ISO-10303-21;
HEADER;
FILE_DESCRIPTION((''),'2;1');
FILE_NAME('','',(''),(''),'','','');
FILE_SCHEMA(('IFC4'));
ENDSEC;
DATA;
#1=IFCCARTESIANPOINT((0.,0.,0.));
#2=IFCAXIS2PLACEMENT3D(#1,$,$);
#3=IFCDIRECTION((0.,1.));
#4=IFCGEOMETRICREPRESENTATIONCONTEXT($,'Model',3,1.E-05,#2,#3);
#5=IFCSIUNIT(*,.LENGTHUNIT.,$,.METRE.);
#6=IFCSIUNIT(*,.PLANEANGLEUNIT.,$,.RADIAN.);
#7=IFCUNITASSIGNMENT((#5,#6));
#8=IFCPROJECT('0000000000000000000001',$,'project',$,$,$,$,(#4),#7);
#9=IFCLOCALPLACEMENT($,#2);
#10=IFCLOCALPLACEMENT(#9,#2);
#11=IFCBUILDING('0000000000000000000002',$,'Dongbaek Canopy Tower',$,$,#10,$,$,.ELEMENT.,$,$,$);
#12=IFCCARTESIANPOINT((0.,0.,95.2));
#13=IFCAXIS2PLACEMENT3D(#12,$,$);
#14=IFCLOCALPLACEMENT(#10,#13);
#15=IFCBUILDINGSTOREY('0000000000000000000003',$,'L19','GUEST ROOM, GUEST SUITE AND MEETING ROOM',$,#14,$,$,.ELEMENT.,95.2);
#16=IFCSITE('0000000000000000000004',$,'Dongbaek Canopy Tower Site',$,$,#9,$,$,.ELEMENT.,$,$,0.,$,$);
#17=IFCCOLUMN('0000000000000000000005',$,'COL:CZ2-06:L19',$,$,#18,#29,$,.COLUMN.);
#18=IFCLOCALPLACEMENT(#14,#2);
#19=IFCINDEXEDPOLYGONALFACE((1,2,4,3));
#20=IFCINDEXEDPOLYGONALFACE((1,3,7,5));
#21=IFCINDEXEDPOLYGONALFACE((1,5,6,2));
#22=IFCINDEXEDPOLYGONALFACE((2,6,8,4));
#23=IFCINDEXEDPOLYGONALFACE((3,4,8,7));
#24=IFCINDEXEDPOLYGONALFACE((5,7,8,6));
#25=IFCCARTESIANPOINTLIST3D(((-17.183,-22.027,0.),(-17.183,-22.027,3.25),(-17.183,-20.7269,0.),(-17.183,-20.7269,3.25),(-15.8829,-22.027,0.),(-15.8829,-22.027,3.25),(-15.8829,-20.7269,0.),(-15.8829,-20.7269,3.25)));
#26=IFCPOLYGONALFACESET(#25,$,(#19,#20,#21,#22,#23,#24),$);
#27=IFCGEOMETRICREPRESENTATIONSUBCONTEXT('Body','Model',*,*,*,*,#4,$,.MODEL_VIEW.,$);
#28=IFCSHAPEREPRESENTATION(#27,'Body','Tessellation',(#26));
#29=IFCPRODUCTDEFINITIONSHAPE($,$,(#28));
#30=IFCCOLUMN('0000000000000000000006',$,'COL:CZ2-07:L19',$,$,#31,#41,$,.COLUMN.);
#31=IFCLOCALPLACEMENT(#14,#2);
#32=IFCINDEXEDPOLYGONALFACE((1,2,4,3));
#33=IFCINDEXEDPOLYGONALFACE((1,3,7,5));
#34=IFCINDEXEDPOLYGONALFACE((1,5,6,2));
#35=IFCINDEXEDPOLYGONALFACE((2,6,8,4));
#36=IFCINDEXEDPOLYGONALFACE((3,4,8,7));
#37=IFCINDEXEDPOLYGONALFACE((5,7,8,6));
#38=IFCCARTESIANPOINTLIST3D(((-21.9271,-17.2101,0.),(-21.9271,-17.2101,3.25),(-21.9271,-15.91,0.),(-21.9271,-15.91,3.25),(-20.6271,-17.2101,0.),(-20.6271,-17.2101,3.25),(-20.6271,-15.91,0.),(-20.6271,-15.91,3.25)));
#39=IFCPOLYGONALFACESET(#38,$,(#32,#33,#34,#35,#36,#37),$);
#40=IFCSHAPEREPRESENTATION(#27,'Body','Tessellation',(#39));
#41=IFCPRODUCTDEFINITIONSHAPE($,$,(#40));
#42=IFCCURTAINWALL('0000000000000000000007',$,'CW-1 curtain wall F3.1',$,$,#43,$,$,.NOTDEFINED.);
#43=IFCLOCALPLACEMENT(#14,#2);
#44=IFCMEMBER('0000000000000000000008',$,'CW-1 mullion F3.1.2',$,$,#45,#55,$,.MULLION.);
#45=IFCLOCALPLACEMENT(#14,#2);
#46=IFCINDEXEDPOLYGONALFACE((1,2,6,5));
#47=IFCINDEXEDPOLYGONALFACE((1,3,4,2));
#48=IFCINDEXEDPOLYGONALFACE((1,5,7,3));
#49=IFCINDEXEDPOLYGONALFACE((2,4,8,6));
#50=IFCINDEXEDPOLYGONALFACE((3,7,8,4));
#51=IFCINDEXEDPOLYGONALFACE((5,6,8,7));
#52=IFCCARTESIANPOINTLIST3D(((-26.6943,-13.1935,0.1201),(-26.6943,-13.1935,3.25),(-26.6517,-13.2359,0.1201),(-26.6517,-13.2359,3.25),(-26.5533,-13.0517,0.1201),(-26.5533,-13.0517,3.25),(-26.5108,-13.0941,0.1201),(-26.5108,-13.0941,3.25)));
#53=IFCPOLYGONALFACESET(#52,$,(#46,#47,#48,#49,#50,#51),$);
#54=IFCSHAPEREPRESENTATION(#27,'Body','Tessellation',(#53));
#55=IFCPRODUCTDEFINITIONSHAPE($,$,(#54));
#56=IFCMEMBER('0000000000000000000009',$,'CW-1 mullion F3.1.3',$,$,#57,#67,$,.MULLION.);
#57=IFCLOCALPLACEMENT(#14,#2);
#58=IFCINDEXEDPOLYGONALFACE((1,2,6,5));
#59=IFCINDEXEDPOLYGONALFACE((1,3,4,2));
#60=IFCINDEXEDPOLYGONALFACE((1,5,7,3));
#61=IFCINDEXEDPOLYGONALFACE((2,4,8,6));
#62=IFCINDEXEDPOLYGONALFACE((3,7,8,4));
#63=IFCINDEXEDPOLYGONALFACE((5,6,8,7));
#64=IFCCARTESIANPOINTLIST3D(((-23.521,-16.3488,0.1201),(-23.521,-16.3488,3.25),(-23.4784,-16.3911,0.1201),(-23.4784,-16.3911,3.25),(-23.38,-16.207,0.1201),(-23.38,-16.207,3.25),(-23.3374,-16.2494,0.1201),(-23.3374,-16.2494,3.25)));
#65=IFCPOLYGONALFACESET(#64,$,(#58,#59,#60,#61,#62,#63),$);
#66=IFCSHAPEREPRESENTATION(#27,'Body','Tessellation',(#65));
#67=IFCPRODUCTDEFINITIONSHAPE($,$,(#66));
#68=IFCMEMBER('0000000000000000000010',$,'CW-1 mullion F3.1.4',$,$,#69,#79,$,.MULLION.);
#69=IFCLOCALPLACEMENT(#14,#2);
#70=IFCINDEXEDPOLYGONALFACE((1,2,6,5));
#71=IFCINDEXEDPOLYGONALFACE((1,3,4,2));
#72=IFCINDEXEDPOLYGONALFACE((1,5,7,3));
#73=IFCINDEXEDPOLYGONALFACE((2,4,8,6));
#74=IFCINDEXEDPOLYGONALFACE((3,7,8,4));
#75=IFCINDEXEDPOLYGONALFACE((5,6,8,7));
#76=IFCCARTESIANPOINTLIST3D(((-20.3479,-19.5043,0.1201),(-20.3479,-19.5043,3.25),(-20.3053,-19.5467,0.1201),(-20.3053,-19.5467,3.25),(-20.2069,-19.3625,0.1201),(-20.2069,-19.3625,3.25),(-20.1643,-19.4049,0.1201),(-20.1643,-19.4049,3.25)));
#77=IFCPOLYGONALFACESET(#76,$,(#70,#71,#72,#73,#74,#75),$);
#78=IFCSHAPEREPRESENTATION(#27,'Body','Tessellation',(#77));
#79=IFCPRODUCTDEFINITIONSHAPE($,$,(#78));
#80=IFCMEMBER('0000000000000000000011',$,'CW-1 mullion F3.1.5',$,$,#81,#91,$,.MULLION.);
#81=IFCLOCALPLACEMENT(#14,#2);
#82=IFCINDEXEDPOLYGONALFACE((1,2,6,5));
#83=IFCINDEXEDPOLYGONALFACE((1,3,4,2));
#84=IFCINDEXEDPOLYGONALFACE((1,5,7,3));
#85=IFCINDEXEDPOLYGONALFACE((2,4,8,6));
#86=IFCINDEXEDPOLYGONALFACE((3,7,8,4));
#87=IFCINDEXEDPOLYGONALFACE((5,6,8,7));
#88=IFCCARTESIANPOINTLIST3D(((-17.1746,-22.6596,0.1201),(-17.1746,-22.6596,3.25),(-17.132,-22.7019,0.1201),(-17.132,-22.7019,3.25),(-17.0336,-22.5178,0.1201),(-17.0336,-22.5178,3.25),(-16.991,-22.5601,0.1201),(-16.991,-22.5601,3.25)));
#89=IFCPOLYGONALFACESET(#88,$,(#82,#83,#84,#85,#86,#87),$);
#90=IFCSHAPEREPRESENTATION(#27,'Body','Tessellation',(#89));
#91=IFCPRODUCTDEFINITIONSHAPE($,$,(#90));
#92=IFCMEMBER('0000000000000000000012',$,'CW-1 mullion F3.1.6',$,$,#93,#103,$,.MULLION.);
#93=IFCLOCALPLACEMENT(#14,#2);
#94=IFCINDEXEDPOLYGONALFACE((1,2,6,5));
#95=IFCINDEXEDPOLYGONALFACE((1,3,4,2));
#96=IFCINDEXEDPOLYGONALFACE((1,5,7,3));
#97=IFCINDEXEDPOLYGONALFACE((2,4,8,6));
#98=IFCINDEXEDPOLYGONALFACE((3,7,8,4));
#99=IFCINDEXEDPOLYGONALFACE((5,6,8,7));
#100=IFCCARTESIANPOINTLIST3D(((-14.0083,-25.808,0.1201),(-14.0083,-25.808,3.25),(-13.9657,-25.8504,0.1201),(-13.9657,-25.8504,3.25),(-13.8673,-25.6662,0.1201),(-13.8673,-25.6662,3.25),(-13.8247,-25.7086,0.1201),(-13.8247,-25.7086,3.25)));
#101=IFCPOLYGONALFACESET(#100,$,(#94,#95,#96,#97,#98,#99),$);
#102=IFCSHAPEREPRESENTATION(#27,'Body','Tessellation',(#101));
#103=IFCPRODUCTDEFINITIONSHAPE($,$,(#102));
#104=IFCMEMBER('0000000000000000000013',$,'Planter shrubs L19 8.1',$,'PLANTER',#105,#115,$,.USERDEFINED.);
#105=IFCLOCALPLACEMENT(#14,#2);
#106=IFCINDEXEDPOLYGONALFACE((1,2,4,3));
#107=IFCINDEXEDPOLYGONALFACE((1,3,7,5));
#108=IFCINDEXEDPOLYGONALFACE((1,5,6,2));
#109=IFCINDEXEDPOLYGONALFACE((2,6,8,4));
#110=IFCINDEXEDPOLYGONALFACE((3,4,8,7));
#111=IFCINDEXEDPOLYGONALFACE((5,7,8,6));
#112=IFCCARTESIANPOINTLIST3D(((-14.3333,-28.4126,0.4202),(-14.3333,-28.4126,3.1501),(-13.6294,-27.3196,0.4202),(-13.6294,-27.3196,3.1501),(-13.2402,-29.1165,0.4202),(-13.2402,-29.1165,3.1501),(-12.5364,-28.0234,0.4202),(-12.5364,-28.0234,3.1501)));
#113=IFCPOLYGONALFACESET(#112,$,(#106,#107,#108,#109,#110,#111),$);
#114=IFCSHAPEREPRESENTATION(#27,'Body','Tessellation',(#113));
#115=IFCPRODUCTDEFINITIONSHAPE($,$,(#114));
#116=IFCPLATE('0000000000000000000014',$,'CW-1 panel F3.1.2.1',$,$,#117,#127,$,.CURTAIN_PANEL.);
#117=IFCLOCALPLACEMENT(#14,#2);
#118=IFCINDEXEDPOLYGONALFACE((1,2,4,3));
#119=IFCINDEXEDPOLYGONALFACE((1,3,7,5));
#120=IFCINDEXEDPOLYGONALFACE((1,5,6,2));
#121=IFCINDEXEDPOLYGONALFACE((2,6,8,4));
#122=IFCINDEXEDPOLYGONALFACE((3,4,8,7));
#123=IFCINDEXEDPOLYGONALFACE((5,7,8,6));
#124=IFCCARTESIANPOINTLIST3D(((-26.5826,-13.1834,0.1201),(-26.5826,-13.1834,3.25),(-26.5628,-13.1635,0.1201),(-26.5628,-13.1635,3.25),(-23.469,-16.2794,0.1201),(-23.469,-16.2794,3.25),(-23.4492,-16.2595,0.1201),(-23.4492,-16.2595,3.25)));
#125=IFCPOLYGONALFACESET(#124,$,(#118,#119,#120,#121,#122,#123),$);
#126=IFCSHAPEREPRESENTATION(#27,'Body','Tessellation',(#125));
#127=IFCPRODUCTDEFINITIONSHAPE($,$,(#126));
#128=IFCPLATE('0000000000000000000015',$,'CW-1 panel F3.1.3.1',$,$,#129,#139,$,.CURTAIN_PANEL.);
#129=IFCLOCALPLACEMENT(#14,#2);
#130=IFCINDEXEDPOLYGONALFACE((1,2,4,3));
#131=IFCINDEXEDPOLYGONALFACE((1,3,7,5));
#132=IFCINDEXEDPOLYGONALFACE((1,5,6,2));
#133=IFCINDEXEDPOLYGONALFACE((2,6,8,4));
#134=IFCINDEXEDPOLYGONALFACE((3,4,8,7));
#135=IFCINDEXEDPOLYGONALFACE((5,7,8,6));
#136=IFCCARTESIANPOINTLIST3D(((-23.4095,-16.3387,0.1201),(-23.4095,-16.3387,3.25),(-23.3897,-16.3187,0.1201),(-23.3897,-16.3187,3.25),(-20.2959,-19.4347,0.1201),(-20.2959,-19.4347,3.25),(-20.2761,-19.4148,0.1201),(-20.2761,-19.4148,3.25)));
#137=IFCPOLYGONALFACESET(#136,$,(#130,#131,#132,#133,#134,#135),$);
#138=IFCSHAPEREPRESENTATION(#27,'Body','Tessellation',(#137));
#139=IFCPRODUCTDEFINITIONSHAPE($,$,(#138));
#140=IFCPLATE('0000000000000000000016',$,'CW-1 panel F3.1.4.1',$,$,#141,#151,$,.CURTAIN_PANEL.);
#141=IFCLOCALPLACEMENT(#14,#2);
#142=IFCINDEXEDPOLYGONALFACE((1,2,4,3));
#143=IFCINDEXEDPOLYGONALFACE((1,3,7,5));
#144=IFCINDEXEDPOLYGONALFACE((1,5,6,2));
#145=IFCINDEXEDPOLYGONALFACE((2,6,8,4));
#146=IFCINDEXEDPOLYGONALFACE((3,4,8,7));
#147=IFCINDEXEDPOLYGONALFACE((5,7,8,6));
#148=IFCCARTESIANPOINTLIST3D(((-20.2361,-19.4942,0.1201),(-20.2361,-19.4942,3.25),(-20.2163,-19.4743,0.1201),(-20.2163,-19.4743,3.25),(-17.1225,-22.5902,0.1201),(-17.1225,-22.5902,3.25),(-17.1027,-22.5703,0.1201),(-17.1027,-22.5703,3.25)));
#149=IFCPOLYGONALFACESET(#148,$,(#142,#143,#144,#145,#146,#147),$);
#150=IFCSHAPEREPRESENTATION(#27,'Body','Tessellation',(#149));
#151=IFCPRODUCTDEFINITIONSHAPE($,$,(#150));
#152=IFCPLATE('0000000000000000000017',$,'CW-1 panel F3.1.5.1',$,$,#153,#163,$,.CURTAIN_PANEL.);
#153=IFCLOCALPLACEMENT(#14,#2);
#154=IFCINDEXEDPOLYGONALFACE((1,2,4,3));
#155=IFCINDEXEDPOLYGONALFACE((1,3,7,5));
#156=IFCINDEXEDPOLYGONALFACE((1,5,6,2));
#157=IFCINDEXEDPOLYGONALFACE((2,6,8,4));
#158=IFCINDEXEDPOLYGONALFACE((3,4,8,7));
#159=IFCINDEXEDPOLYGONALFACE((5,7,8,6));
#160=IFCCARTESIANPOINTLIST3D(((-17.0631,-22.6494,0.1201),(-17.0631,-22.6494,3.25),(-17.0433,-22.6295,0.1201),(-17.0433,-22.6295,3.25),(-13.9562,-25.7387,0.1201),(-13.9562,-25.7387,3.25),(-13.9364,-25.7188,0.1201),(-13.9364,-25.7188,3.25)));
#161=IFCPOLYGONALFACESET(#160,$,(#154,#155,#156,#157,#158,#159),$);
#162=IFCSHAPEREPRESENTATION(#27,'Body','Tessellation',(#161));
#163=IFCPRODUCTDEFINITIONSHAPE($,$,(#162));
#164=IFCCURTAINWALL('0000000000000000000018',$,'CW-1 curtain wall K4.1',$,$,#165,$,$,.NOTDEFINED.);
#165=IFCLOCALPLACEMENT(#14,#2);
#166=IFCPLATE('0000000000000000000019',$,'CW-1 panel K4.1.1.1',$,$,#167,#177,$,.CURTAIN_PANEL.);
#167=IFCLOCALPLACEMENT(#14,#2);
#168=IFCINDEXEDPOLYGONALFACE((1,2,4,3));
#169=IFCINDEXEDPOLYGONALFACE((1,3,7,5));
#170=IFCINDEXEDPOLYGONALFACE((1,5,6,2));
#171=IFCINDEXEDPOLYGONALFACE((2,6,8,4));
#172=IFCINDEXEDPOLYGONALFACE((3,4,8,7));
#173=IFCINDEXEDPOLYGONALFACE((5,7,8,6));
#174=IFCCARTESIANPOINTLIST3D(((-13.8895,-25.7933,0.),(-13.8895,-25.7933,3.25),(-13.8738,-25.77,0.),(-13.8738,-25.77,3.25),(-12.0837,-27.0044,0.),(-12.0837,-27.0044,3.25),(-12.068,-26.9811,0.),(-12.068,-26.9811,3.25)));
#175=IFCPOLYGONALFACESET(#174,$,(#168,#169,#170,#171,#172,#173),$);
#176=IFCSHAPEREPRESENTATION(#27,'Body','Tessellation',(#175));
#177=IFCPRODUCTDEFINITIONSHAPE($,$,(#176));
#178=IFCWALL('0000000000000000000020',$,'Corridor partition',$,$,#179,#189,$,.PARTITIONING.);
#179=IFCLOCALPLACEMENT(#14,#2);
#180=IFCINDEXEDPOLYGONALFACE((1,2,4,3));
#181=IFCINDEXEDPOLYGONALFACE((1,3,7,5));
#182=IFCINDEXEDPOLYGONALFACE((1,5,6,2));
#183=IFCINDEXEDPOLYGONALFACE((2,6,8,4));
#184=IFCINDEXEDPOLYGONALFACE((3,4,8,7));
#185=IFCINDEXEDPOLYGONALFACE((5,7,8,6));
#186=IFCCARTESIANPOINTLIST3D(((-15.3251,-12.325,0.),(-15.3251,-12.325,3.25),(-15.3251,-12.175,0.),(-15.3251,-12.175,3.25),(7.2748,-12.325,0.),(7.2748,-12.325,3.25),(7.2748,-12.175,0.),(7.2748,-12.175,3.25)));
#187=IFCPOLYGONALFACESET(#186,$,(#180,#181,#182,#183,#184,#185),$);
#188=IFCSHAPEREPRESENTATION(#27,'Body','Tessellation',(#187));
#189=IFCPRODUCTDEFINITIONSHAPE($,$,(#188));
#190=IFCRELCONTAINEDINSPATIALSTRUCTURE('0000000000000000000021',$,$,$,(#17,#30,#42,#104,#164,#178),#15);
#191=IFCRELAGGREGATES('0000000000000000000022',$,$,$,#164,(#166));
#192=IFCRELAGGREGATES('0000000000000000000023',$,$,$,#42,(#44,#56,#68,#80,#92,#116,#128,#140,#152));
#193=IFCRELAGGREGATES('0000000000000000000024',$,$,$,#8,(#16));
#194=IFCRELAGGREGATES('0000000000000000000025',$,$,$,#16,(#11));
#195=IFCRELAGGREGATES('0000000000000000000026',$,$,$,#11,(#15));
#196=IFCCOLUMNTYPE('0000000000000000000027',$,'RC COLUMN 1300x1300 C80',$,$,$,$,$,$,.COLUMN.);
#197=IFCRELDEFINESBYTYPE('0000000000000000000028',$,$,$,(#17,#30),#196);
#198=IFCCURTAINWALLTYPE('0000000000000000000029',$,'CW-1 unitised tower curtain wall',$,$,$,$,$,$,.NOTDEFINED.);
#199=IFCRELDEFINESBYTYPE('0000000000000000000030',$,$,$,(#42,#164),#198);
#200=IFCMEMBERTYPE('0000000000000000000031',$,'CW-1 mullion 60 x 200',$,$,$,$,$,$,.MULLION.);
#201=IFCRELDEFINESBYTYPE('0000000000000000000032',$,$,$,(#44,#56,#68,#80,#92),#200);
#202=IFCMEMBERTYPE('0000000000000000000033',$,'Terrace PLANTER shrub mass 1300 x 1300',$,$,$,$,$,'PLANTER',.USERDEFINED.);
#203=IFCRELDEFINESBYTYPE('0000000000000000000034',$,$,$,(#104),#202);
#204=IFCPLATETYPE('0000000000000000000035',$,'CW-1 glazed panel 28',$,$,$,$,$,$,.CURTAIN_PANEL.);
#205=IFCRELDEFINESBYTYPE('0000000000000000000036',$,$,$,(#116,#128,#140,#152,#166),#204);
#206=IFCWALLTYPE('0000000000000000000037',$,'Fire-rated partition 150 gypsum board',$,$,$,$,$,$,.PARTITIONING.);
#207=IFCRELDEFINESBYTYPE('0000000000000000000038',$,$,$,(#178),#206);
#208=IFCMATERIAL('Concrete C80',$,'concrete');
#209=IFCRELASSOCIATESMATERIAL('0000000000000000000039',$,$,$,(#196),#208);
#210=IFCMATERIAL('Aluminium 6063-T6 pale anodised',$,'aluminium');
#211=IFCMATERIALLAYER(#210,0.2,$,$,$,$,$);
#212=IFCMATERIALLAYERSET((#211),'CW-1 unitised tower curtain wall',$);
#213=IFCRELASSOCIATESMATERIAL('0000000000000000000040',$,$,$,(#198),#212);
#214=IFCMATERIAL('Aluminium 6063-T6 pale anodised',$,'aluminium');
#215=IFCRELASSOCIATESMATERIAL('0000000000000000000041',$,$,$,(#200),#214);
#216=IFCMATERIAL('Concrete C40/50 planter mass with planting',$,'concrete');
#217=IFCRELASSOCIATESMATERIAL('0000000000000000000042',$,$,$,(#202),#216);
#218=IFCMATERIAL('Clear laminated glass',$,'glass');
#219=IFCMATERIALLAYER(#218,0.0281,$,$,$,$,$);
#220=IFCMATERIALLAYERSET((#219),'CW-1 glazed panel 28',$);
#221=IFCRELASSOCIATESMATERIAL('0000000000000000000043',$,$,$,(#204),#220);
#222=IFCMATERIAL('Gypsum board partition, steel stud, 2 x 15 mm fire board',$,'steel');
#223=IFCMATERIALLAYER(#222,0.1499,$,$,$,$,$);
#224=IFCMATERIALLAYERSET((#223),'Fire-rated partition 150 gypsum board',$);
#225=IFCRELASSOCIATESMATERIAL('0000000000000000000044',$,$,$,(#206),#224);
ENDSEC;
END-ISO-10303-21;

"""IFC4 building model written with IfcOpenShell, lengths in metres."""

from ifc_helpers import new_model, si_unit, direction, frame, frame_2d, origin, origin_2d, place, context, subcontext, project, spatial, rectangle, extrude, material, layer, layer_set, material_profile, profile_set, type_object, element, aggregate, save


model = new_model("IFC4")

# Units and contexts
model_context = context("Model", 3, precision=1e-05, world=origin(), true_north=direction((0.0, 1.0)))
body_context = subcontext(model_context, "Body", "Model", "MODEL_VIEW")
ifc_project = project(units=[si_unit("LENGTHUNIT", "METRE"), si_unit("PLANEANGLEUNIT", "RADIAN")], contexts=[model_context])

# Site, building, storey
site_placement = place(None, origin())
site = spatial("IfcSite", under=ifc_project, at=site_placement, Name="Dongbaek Canopy Tower Site", CompositionType="ELEMENT", RefElevation=0.0)
building_placement = place(site_placement, origin())
building = spatial("IfcBuilding", under=site, at=building_placement, Name="Dongbaek Canopy Tower", CompositionType="ELEMENT")
storey_placement = place(building_placement, frame((0.0, 0.0, 95.2)))
storey = spatial("IfcBuildingStorey", under=building, at=storey_placement, Name="L19", Description="GUEST ROOM, GUEST SUITE AND MEETING ROOM", CompositionType="ELEMENT", Elevation=95.2)

# Columns
ifc_material_1 = material(Name="Concrete C80", Category="concrete")
ifc_material_profile_1 = material_profile(ifc_material_1, rectangle(XDim=1.3, YDim=1.3, at=origin_2d()), Name="RC COLUMN 1300x1300 C80")
ifc_profile_set_1 = profile_set([ifc_material_profile_1], Name="Concrete C80")
column_type = type_object("IfcColumnType", Name="RC COLUMN 1300x1300 C80", PredefinedType="COLUMN", material=ifc_profile_set_1)
for number, where, z_axis, x_axis, name in (
    (1, (-16.533, -21.377, 0.0), (0.0, 0.0, 1.0), (1.0, 0.0, 0.0), "COL:CZ2-06:L19"),
    (2, (-21.2771, -16.5601, 0.0), (0.0, 0.0, 1.0), (1.0, 0.0, 0.0), "COL:CZ2-07:L19"),
):
    element("IfcColumn", number, at=place(storey_placement, frame(where, z_axis=z_axis, x_axis=x_axis)), inside=storey, type_object=column_type, Name=name, PredefinedType="COLUMN", context=body_context, shape_type="SweptSolid", body=[
        extrude(rectangle(XDim=1.3, YDim=1.3, at=origin_2d()), origin(), (0.0, 0.0, 1.0), 3.25),
    ])

# Curtain wall, members
ifc_material_2 = material(Name="Aluminium 6063-T6 pale anodised", Category="aluminium")
ifc_layer_1 = layer(ifc_material_2, 0.2)
ifc_layer_set_1 = layer_set([ifc_layer_1], Name="CW-1 unitised tower curtain wall")
curtain_wall_type = type_object("IfcCurtainWallType", Name="CW-1 unitised tower curtain wall", PredefinedType="NOTDEFINED", material=ifc_layer_set_1)
curtain_wall_1_placement = place(storey_placement, origin())
curtain_wall_1 = element("IfcCurtainWall", 3, at=curtain_wall_1_placement, inside=storey, type_object=curtain_wall_type, Name="CW-1 curtain wall F3.1", PredefinedType="NOTDEFINED")
ifc_material_3 = material(Name="Aluminium 6063-T6 pale anodised", Category="aluminium")
ifc_material_profile_2 = material_profile(ifc_material_3, rectangle(XDim=0.2, YDim=0.0601, at=origin_2d()), Name="CW-1 mullion 60 x 200")
ifc_profile_set_2 = profile_set([ifc_material_profile_2], Name="Aluminium 6063-T6 pale anodised")
member_type_1 = type_object("IfcMemberType", Name="CW-1 mullion 60 x 200", PredefinedType="MULLION", material=ifc_profile_set_2)
member_1_placement = place(storey_placement, frame((-26.6025, -13.1438, 0.1201), z_axis=(0.0, 0.0, 1.0), x_axis=(-0.705105, -0.709103, 0.0)))
member_1 = element("IfcMember", 4, at=member_1_placement, type_object=member_type_1, Name="CW-1 mullion F3.1.2", PredefinedType="MULLION", context=body_context, shape_type="SweptSolid", body=[
    extrude(rectangle(XDim=0.2, YDim=0.0601, at=origin_2d()), origin(), (0.0, 0.0, 1.0), 3.1299),
])
member_2_placement = place(storey_placement, frame((-23.4292, -16.2991, 0.1201), z_axis=(0.0, 0.0, 1.0), x_axis=(-0.705105, -0.709103, 0.0)))
member_2 = element("IfcMember", 5, at=member_2_placement, type_object=member_type_1, Name="CW-1 mullion F3.1.3", PredefinedType="MULLION", context=body_context, shape_type="SweptSolid", body=[
    extrude(rectangle(XDim=0.2, YDim=0.0601, at=origin_2d()), origin(), (0.0, 0.0, 1.0), 3.1299),
])
member_3_placement = place(storey_placement, frame((-20.2561, -19.4546, 0.1201), z_axis=(0.0, 0.0, 1.0), x_axis=(-0.705105, -0.709103, 0.0)))
member_3 = element("IfcMember", 6, at=member_3_placement, type_object=member_type_1, Name="CW-1 mullion F3.1.4", PredefinedType="MULLION", context=body_context, shape_type="SweptSolid", body=[
    extrude(rectangle(XDim=0.2, YDim=0.0601, at=origin_2d()), origin(), (0.0, 0.0, 1.0), 3.1299),
])
member_4_placement = place(storey_placement, frame((-17.0828, -22.6099, 0.1201), z_axis=(0.0, 0.0, 1.0), x_axis=(-0.705105, -0.709103, 0.0)))
member_4 = element("IfcMember", 7, at=member_4_placement, type_object=member_type_1, Name="CW-1 mullion F3.1.5", PredefinedType="MULLION", context=body_context, shape_type="SweptSolid", body=[
    extrude(rectangle(XDim=0.2, YDim=0.0601, at=origin_2d()), origin(), (0.0, 0.0, 1.0), 3.1299),
])
member_5_placement = place(storey_placement, frame((-13.9165, -25.7583, 0.1201), z_axis=(0.0, 0.0, 1.0), x_axis=(-0.705105, -0.709103, 0.0)))
member_5 = element("IfcMember", 8, at=member_5_placement, type_object=member_type_1, Name="CW-1 mullion F3.1.6", PredefinedType="MULLION", context=body_context, shape_type="SweptSolid", body=[
    extrude(rectangle(XDim=0.2, YDim=0.0601, at=origin_2d()), origin(), (0.0, 0.0, 1.0), 3.1299),
])

# Member
ifc_material_4 = material(Name="Concrete C40/50 planter mass with planting", Category="concrete")
ifc_material_profile_3 = material_profile(ifc_material_4, rectangle(XDim=1.3, YDim=1.3, at=origin_2d()), Name="Terrace PLANTER shrub mass 1300 x 1300")
ifc_profile_set_3 = profile_set([ifc_material_profile_3], Name="Concrete C40/50 planter mass with planting")
member_type_2 = type_object("IfcMemberType", Name="Terrace PLANTER shrub mass 1300 x 1300", ElementType="PLANTER", PredefinedType="USERDEFINED", material=ifc_profile_set_3)
member_6_placement = place(storey_placement, frame((-13.4348, -28.218, 0.4202), z_axis=(0.0, 0.0, 1.0), x_axis=(-0.541409, -0.840759, 0.0)))
element("IfcMember", 9, at=member_6_placement, inside=storey, type_object=member_type_2, Name="Planter shrubs L19 8.1", ObjectType="PLANTER", PredefinedType="USERDEFINED", context=body_context, shape_type="SweptSolid", body=[
    extrude(rectangle(XDim=1.3, YDim=1.3, at=origin_2d()), origin(), (0.0, 0.0, 1.0), 2.73),
])

# Plates
ifc_material_5 = material(Name="Clear laminated glass", Category="glass")
ifc_layer_2 = layer(ifc_material_5, 0.0281)
ifc_layer_set_2 = layer_set([ifc_layer_2], Name="CW-1 glazed panel 28")
plate_type = type_object("IfcPlateType", Name="CW-1 glazed panel 28", PredefinedType="CURTAIN_PANEL", material=ifc_layer_set_2)
plate_1_placement = place(storey_placement, frame((-25.0159, -14.7214, 0.1201), z_axis=(0.0, 0.0, 1.0), x_axis=(0.709103, -0.705105, 0.0)))
plate_1 = element("IfcPlate", 10, at=plate_1_placement, type_object=plate_type, Name="CW-1 panel F3.1.2.1", PredefinedType="CURTAIN_PANEL", context=body_context, shape_type="SweptSolid", body=[
    extrude(rectangle(XDim=4.3909, YDim=0.0281, at=origin_2d()), origin(), (0.0, 0.0, 1.0), 3.1299),
])
plate_2_placement = place(storey_placement, frame((-21.8428, -17.8767, 0.1201), z_axis=(0.0, 0.0, 1.0), x_axis=(0.709103, -0.705105, 0.0)))
plate_2 = element("IfcPlate", 11, at=plate_2_placement, type_object=plate_type, Name="CW-1 panel F3.1.3.1", PredefinedType="CURTAIN_PANEL", context=body_context, shape_type="SweptSolid", body=[
    extrude(rectangle(XDim=4.3909, YDim=0.0281, at=origin_2d()), origin(), (0.0, 0.0, 1.0), 3.1299),
])
plate_3_placement = place(storey_placement, frame((-18.6694, -21.0322, 0.1201), z_axis=(0.0, 0.0, 1.0), x_axis=(0.709103, -0.705105, 0.0)))
plate_3 = element("IfcPlate", 12, at=plate_3_placement, type_object=plate_type, Name="CW-1 panel F3.1.4.1", PredefinedType="CURTAIN_PANEL", context=body_context, shape_type="SweptSolid", body=[
    extrude(rectangle(XDim=4.3909, YDim=0.0281, at=origin_2d()), origin(), (0.0, 0.0, 1.0), 3.1299),
])
plate_4_placement = place(storey_placement, frame((-15.4998, -24.1841, 0.1201), z_axis=(0.0, 0.0, 1.0), x_axis=(0.709103, -0.705105, 0.0)))
plate_4 = element("IfcPlate", 13, at=plate_4_placement, type_object=plate_type, Name="CW-1 panel F3.1.5.1", PredefinedType="CURTAIN_PANEL", context=body_context, shape_type="SweptSolid", body=[
    extrude(rectangle(XDim=4.3813, YDim=0.0281, at=origin_2d()), origin(), (0.0, 0.0, 1.0), 3.1299),
])

# Curtain wall, plate
curtain_wall_2_placement = place(storey_placement, origin())
curtain_wall_2 = element("IfcCurtainWall", 14, at=curtain_wall_2_placement, inside=storey, type_object=curtain_wall_type, Name="CW-1 curtain wall K4.1", PredefinedType="NOTDEFINED")
plate_5_placement = place(storey_placement, frame((-12.9788, -26.3872, 0.0), z_axis=(0.0, 0.0, 1.0), x_axis=(0.830505, -0.55701, 0.0)))
plate_5 = element("IfcPlate", 15, at=plate_5_placement, type_object=plate_type, Name="CW-1 panel K4.1.1.1", PredefinedType="CURTAIN_PANEL", context=body_context, shape_type="SweptSolid", body=[
    extrude(rectangle(XDim=2.1743, YDim=0.0281, at=origin_2d()), origin(), (0.0, 0.0, 1.0), 3.25),
])
aggregate(curtain_wall_2, [plate_5])

# Wall
ifc_material_6 = material(Name="Gypsum board partition, steel stud, 2 x 15 mm fire board", Category="steel")
ifc_layer_3 = layer(ifc_material_6, 0.1499)
ifc_layer_set_3 = layer_set([ifc_layer_3], Name="Fire-rated partition 150 gypsum board")
wall_type_1 = type_object("IfcWallType", Name="Fire-rated partition 150 gypsum board", PredefinedType="PARTITIONING", material=ifc_layer_set_3)
wall_1_placement = place(storey_placement, frame((-15.325, -12.25, 0.0), z_axis=(0.0, 0.0, 1.0), x_axis=(1.0, 0.0, 0.0)))
element("IfcWall", 16, at=wall_1_placement, inside=storey, type_object=wall_type_1, Name="Corridor partition", PredefinedType="PARTITIONING", context=body_context, shape_type="SweptSolid", body=[
    extrude(rectangle(XDim=22.5999, YDim=0.1499, at=frame_2d((11.2998, 0.0))), origin(), (0.0, 0.0, 1.0), 3.25),
])

aggregate(curtain_wall_1, [member_1, member_2, member_3, member_4, member_5, plate_1, plate_2, plate_3, plate_4])

save(model, "model.ifc")
